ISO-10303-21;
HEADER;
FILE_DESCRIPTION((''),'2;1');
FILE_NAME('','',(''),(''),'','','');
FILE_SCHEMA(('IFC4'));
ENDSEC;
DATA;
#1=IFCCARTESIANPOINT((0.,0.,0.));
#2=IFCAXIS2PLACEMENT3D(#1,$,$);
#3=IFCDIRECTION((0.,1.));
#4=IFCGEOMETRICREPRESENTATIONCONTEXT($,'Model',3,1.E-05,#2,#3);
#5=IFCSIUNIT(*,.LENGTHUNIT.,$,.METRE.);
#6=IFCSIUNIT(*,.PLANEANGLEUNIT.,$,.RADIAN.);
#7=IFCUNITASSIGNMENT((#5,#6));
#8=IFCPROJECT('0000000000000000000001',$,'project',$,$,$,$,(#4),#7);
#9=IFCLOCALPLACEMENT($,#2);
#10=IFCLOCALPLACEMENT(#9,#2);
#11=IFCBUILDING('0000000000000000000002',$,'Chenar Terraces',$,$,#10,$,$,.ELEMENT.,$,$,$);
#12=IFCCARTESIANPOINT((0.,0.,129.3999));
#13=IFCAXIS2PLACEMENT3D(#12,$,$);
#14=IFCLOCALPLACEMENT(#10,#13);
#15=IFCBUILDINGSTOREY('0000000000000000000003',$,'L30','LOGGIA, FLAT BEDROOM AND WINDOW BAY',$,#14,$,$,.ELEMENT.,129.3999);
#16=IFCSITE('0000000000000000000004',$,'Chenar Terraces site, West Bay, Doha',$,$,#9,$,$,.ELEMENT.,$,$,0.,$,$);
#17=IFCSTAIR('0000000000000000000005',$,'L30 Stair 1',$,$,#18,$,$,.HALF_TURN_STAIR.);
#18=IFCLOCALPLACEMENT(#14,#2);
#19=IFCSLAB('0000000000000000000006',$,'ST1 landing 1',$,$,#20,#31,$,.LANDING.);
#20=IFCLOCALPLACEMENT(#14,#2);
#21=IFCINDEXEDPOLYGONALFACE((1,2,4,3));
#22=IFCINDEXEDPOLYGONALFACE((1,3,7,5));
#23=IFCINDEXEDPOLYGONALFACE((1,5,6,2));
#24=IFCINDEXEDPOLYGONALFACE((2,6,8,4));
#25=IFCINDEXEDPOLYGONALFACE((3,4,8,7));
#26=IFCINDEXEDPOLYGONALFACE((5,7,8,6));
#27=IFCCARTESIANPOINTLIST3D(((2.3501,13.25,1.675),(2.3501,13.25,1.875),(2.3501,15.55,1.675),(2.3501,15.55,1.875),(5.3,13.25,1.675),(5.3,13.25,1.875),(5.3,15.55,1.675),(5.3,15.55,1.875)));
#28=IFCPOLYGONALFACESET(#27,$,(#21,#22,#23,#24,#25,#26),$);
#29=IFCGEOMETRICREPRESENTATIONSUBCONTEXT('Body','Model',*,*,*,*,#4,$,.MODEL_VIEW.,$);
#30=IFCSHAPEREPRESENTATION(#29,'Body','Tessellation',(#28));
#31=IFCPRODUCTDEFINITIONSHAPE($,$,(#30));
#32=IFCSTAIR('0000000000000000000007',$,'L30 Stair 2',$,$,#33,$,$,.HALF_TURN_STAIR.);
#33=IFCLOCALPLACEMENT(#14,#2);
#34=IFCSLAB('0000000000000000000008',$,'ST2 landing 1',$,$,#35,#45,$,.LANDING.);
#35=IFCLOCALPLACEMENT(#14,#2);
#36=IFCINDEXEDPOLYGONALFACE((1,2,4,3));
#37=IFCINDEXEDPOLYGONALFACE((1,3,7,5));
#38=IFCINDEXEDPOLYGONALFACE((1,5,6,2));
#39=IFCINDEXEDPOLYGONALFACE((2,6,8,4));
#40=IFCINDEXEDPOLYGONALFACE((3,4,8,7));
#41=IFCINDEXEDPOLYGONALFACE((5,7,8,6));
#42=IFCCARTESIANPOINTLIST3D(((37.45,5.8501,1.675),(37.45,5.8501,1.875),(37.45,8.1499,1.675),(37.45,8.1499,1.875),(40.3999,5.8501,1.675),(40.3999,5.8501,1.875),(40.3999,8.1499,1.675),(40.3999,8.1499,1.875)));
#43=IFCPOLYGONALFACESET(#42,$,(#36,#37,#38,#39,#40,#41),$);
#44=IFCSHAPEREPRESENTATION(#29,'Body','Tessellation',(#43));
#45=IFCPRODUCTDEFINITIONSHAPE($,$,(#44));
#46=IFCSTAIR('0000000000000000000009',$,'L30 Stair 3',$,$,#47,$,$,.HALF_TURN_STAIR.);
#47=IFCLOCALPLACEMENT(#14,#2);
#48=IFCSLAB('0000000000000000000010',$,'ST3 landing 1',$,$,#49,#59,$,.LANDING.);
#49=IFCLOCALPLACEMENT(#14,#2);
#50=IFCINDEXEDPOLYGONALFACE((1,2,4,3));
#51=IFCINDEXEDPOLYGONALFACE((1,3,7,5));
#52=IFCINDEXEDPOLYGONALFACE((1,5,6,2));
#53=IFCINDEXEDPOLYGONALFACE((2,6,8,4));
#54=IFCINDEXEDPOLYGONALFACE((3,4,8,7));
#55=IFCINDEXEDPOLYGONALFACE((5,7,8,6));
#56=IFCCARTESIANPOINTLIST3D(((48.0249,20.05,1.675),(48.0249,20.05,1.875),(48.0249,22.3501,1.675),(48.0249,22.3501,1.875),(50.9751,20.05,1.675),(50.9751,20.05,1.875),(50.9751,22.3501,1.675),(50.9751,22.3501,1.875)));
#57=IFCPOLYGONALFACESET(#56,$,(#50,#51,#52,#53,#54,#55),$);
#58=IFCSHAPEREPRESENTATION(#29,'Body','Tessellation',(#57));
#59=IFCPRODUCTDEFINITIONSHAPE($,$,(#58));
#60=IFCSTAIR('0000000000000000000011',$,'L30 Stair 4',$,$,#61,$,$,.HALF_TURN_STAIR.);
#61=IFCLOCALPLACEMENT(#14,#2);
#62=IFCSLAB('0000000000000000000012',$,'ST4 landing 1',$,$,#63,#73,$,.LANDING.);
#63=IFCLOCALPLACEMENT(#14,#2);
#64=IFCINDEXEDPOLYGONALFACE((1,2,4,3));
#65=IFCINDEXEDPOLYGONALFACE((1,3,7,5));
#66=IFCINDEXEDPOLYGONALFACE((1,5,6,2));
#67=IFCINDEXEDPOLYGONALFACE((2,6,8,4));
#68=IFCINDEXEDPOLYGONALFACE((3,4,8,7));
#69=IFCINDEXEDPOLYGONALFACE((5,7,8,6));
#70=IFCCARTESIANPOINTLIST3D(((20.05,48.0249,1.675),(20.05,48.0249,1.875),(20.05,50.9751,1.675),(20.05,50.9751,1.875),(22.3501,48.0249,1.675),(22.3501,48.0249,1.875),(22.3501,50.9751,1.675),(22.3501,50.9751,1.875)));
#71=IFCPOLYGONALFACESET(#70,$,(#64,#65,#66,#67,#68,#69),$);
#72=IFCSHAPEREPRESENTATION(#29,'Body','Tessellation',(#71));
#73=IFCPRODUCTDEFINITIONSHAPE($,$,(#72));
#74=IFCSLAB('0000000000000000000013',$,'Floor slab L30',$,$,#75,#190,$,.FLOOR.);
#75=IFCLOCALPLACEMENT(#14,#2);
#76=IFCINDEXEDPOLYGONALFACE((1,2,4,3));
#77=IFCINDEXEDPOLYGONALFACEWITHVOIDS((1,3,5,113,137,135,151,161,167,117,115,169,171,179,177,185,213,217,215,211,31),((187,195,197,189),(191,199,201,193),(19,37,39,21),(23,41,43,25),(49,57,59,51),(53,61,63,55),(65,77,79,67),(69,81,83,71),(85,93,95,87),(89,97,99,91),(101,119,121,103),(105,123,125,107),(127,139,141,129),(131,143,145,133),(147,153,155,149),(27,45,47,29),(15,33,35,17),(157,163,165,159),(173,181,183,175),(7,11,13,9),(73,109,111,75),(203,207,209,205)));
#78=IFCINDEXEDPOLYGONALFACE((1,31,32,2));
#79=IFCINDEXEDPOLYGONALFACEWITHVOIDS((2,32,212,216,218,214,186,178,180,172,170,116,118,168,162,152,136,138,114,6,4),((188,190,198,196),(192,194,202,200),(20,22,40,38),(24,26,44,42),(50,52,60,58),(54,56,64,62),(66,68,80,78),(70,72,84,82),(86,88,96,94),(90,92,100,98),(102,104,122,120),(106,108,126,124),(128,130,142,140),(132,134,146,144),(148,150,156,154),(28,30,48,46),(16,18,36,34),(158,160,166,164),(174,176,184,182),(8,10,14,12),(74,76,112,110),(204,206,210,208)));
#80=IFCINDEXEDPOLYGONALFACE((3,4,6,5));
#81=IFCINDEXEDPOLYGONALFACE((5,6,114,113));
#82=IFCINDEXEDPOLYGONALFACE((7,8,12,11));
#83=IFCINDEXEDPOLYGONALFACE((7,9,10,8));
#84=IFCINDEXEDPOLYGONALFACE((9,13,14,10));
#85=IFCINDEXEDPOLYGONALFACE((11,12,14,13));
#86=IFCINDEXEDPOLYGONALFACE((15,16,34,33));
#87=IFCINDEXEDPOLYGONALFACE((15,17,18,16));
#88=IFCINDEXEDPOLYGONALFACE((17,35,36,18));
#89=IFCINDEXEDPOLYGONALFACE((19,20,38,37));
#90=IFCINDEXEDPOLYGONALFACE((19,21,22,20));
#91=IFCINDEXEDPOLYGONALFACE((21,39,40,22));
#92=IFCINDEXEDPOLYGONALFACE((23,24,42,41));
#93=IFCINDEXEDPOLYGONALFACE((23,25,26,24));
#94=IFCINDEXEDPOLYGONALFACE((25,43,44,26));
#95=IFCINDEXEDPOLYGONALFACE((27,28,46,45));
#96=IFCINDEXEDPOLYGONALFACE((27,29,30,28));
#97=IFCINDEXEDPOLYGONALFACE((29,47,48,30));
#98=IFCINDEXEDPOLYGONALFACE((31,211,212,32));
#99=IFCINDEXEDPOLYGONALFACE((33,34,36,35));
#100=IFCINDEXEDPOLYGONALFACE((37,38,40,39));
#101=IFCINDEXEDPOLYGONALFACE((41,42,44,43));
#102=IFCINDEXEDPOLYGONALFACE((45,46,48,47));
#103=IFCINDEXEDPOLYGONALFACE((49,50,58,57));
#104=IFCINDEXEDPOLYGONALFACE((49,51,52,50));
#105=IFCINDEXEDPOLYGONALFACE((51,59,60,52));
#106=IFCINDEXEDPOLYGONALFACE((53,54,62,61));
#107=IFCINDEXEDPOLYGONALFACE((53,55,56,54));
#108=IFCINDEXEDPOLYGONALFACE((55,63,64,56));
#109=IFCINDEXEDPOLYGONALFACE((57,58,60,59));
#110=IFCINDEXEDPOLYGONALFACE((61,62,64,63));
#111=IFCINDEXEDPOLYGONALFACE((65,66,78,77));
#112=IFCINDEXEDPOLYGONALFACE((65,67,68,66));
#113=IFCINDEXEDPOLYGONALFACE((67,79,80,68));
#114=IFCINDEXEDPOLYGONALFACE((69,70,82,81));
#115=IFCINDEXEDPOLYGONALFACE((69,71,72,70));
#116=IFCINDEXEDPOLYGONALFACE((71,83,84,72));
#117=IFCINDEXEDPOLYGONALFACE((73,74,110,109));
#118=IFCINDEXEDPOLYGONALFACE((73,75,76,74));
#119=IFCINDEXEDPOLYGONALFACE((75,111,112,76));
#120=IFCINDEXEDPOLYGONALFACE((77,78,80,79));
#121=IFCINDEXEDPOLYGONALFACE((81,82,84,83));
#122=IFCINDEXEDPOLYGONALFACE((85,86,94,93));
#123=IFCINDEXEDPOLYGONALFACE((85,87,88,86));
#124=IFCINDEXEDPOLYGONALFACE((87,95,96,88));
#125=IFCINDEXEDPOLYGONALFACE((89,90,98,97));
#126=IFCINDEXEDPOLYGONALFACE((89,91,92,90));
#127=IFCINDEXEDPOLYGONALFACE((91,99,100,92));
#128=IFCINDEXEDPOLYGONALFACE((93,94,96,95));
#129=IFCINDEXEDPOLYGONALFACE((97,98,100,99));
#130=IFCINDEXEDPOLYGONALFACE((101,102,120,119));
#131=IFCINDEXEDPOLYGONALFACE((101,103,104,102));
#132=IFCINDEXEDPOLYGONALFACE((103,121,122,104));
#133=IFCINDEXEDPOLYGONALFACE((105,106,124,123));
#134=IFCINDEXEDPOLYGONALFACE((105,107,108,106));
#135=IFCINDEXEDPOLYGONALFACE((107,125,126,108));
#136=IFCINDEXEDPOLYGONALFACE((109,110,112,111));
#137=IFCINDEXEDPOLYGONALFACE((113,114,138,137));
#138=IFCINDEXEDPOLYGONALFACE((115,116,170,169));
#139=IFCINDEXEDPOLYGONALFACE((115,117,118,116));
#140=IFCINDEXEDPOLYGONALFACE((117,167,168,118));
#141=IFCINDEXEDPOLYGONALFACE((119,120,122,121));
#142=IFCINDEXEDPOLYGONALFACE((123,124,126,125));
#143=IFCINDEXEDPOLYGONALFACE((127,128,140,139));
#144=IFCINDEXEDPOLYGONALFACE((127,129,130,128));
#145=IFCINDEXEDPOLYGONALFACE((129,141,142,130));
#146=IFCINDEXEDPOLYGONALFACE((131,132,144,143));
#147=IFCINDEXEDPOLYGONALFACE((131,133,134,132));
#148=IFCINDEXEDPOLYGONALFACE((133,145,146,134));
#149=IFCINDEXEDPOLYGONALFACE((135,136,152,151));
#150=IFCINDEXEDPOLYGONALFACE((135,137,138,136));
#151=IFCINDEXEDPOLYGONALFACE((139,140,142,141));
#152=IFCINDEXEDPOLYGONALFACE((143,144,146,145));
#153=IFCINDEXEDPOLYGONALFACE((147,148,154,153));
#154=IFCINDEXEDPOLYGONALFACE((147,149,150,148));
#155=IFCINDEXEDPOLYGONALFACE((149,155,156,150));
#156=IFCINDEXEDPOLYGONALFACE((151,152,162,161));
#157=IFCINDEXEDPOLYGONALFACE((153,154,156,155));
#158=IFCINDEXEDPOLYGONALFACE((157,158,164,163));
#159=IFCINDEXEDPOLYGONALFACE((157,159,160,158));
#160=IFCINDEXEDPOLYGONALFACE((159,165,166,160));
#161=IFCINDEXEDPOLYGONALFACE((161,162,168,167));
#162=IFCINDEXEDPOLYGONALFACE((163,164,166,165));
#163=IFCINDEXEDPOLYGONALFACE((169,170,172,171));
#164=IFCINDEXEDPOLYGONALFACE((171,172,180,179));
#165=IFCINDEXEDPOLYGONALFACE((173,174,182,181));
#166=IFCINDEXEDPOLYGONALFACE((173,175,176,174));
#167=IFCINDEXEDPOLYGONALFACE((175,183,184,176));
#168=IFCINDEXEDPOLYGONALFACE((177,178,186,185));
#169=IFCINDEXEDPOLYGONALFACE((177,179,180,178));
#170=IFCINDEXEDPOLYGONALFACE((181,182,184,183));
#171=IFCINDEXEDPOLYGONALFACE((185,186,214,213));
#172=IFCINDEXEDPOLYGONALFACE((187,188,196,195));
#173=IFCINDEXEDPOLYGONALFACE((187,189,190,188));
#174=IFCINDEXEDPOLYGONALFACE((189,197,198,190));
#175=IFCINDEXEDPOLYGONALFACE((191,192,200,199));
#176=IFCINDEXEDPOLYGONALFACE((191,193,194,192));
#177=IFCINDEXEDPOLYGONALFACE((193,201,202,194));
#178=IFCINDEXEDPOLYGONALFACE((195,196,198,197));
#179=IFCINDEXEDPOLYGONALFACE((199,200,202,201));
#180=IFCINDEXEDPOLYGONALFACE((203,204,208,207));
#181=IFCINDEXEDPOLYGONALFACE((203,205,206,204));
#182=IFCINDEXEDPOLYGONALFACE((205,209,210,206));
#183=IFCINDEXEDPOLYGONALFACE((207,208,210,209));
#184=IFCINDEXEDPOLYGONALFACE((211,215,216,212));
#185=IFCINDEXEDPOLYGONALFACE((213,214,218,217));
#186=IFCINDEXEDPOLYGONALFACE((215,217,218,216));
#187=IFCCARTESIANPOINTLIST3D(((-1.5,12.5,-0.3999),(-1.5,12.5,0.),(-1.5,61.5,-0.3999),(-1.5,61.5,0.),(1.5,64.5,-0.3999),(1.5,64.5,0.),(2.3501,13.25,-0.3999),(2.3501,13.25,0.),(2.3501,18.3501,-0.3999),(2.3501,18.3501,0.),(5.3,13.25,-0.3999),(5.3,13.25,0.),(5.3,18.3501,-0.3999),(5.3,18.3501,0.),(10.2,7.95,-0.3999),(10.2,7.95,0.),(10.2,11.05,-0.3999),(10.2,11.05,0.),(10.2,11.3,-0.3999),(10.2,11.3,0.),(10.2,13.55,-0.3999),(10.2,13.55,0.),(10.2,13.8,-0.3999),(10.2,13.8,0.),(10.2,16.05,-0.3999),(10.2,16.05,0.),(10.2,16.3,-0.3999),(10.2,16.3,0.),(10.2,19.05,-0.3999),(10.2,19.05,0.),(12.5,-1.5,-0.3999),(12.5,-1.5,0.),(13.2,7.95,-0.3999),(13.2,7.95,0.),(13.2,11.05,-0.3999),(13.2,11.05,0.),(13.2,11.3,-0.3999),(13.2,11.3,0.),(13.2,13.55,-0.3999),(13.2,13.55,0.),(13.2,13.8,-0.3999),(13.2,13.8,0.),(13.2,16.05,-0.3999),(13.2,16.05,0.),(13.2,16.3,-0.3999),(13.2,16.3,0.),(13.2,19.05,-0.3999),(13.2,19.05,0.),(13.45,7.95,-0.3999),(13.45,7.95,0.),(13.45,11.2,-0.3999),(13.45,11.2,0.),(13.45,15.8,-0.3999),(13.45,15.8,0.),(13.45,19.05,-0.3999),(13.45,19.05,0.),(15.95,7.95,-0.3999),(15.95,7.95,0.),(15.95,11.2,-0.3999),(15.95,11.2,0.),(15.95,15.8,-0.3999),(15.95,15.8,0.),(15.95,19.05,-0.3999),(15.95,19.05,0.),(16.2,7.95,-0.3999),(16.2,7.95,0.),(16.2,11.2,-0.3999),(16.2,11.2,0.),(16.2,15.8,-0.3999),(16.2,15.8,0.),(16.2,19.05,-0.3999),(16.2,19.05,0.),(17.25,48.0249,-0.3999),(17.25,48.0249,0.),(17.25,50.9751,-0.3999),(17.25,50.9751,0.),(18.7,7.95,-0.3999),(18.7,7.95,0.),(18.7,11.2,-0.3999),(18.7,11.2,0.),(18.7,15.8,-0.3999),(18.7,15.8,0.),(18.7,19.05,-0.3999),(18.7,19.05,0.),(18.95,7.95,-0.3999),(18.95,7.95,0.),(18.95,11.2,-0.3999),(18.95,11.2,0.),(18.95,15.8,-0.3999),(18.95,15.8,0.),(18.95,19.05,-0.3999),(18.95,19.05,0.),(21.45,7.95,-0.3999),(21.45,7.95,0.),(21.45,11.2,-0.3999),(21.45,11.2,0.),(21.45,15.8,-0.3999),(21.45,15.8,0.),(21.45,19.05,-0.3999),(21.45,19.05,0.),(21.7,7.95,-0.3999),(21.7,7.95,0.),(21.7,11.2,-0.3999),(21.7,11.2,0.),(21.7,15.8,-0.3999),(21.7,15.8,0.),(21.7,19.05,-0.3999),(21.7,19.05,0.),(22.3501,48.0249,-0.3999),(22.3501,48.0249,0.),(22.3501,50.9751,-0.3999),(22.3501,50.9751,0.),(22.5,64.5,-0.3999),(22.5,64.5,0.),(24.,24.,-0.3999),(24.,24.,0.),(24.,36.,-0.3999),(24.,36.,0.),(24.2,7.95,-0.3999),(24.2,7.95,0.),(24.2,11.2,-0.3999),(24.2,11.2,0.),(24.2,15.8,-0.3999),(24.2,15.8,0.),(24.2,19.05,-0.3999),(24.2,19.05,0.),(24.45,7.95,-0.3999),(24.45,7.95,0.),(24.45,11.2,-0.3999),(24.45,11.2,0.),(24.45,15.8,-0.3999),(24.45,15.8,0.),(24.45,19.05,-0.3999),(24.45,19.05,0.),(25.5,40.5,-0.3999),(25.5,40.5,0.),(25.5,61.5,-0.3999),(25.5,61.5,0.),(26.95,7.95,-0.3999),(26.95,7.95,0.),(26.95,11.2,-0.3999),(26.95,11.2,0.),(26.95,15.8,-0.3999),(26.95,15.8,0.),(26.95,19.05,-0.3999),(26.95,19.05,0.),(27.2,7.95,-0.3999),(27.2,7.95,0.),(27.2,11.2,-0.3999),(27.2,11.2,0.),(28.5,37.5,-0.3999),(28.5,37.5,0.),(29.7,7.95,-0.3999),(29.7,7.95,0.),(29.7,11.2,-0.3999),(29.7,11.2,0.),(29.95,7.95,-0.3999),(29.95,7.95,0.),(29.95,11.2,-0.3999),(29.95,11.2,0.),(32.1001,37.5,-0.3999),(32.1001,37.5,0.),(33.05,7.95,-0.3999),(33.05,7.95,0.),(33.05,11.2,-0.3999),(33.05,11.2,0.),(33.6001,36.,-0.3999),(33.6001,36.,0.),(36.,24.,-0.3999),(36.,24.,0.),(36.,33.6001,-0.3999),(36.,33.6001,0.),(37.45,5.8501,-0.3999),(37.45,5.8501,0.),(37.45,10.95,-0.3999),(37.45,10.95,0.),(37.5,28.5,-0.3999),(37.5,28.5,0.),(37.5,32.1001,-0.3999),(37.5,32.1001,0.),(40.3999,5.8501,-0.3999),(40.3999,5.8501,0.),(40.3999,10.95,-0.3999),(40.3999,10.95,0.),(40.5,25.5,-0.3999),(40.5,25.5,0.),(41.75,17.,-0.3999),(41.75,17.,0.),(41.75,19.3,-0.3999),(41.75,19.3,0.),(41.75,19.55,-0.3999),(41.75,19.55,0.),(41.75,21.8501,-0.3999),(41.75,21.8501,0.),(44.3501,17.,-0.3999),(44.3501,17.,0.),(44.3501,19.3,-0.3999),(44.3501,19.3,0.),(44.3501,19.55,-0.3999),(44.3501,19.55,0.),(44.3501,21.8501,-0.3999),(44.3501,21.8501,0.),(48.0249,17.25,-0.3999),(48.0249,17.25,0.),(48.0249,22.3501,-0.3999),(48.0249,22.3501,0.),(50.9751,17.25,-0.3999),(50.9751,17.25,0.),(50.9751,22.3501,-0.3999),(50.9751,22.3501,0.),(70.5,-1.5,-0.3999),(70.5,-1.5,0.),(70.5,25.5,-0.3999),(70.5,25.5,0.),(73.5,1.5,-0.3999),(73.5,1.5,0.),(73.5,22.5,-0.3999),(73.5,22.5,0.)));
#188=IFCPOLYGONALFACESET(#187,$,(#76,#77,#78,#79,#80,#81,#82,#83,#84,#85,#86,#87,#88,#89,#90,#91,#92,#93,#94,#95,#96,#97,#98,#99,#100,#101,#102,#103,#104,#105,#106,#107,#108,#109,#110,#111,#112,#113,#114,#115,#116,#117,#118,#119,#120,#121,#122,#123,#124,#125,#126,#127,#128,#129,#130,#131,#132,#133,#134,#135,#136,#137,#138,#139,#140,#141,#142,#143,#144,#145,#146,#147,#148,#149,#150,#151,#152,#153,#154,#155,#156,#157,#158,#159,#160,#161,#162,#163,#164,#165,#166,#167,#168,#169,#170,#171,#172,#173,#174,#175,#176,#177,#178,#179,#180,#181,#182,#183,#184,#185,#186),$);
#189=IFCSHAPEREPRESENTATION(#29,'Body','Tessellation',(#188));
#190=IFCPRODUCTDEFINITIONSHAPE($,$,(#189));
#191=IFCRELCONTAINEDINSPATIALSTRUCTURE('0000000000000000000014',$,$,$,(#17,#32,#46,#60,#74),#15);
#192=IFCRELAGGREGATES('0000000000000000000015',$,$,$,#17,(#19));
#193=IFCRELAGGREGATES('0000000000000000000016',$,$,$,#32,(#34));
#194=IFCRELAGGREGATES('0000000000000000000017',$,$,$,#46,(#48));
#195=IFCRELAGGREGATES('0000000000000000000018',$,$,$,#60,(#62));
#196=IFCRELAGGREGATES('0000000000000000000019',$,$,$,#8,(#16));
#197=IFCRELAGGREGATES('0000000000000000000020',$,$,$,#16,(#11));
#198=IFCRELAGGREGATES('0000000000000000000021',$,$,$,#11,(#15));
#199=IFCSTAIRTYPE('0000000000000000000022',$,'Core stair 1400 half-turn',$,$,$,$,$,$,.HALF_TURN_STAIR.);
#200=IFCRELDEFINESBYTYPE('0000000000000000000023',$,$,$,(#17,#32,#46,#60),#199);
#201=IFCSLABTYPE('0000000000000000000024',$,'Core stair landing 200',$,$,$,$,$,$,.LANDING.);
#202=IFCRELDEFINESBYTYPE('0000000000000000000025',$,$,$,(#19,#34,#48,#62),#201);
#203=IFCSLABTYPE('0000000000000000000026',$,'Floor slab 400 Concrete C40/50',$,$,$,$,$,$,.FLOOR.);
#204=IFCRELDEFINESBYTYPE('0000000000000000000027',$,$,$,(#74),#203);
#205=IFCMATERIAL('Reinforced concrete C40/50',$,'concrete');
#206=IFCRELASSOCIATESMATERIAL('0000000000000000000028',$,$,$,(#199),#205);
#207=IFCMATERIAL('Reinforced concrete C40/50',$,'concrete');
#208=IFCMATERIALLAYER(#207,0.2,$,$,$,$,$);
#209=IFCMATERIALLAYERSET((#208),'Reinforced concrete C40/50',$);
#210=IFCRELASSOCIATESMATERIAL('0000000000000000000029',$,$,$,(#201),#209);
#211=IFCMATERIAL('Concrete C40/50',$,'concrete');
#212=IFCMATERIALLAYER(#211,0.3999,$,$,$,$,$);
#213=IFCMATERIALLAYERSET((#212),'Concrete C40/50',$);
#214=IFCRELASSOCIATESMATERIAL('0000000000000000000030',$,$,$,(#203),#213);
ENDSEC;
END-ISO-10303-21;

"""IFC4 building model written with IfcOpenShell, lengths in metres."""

from ifc_helpers import new_model, si_unit, direction, frame, origin, place, context, subcontext, project, spatial, polyline, outline, extrude, material, layer, layer_set, type_object, element, aggregate, save


model = new_model("IFC4")

# Units and contexts
model_context = context("Model", 3, precision=1e-05, world=origin(), true_north=direction((0.0, 1.0)))
body_context = subcontext(model_context, "Body", "Model", "MODEL_VIEW")
ifc_project = project(units=[si_unit("LENGTHUNIT", "METRE"), si_unit("PLANEANGLEUNIT", "RADIAN")], contexts=[model_context])

# Site, building, storey
site_placement = place(None, origin())
site = spatial("IfcSite", under=ifc_project, at=site_placement, Name="Chenar Terraces site, West Bay, Doha", CompositionType="ELEMENT", RefElevation=0.0)
building_placement = place(site_placement, origin())
building = spatial("IfcBuilding", under=site, at=building_placement, Name="Chenar Terraces", CompositionType="ELEMENT")
storey_placement = place(building_placement, frame((0.0, 0.0, 129.3999)))
storey = spatial("IfcBuildingStorey", under=building, at=storey_placement, Name="L30", Description="LOGGIA, FLAT BEDROOM AND WINDOW BAY", CompositionType="ELEMENT", Elevation=129.3999)

# Stairs, slabs
ifc_material_1 = material(Name="Reinforced concrete C40/50", Category="concrete")
stair_type = type_object("IfcStairType", Name="Core stair 1400 half-turn", PredefinedType="HALF_TURN_STAIR", material=ifc_material_1)
placement_1 = place(storey_placement, origin())
stair_1 = element("IfcStair", 1, at=placement_1, inside=storey, type_object=stair_type, Name="L30 Stair 1", PredefinedType="HALF_TURN_STAIR")
ifc_material_2 = material(Name="Reinforced concrete C40/50", Category="concrete")
ifc_layer_1 = layer(ifc_material_2, 0.2)
ifc_layer_set_1 = layer_set([ifc_layer_1], Name="Reinforced concrete C40/50")
slab_type_1 = type_object("IfcSlabType", Name="Core stair landing 200", PredefinedType="LANDING", material=ifc_layer_set_1)
placement_2 = place(storey_placement, frame((0.0, 0.0, 1.675)))
slab_1 = element("IfcSlab", 2, at=placement_2, type_object=slab_type_1, Name="ST1 landing 1", PredefinedType="LANDING", context=body_context, shape_type="SweptSolid", body=[
    extrude(outline(polyline([(2.3501, 15.55), (2.3501, 13.25), (5.3, 13.25), (5.3, 15.55), (2.3501, 15.55)])), origin(), (0.0, 0.0, 1.0), 0.2),
])
aggregate(stair_1, [slab_1])
stair_2 = element("IfcStair", 3, at=placement_1, inside=storey, type_object=stair_type, Name="L30 Stair 2", PredefinedType="HALF_TURN_STAIR")
slab_2 = element("IfcSlab", 4, at=placement_2, type_object=slab_type_1, Name="ST2 landing 1", PredefinedType="LANDING", context=body_context, shape_type="SweptSolid", body=[
    extrude(outline(polyline([(37.45, 8.1499), (37.45, 5.8501), (40.3999, 5.8501), (40.3999, 8.1499), (37.45, 8.1499)])), origin(), (0.0, 0.0, 1.0), 0.2),
])
aggregate(stair_2, [slab_2])
stair_3 = element("IfcStair", 5, at=placement_1, inside=storey, type_object=stair_type, Name="L30 Stair 3", PredefinedType="HALF_TURN_STAIR")
slab_3 = element("IfcSlab", 6, at=placement_2, type_object=slab_type_1, Name="ST3 landing 1", PredefinedType="LANDING", context=body_context, shape_type="SweptSolid", body=[
    extrude(outline(polyline([(50.9751, 20.05), (50.9751, 22.3501), (48.0249, 22.3501), (48.0249, 20.05), (50.9751, 20.05)])), origin(), (0.0, 0.0, 1.0), 0.2),
])
aggregate(stair_3, [slab_3])
stair_4 = element("IfcStair", 7, at=placement_1, inside=storey, type_object=stair_type, Name="L30 Stair 4", PredefinedType="HALF_TURN_STAIR")
slab_4 = element("IfcSlab", 8, at=placement_2, type_object=slab_type_1, Name="ST4 landing 1", PredefinedType="LANDING", context=body_context, shape_type="SweptSolid", body=[
    extrude(outline(polyline([(20.05, 48.0249), (22.3501, 48.0249), (22.3501, 50.9751), (20.05, 50.9751), (20.05, 48.0249)])), origin(), (0.0, 0.0, 1.0), 0.2),
])
aggregate(stair_4, [slab_4])

# Slab
ifc_material_3 = material(Name="Concrete C40/50", Category="concrete")
ifc_layer_2 = layer(ifc_material_3, 0.3999)
ifc_layer_set_2 = layer_set([ifc_layer_2], Name="Concrete C40/50")
slab_type_2 = type_object("IfcSlabType", Name="Floor slab 400 Concrete C40/50", PredefinedType="FLOOR", material=ifc_layer_set_2)
slab_5_placement = place(storey_placement, frame((0.0, 0.0, -0.3999)))
element("IfcSlab", 9, at=slab_5_placement, inside=storey, type_object=slab_type_2, Name="Floor slab L30", PredefinedType="FLOOR", context=body_context, shape_type="SweptSolid", body=[
    extrude(outline(polyline([(73.5, 22.5), (73.5, 1.5), (70.5, -1.5), (12.5, -1.5), (-1.5, 12.5), (-1.5, 61.5), (1.5, 64.5), (22.5, 64.5), (25.5, 61.5), (25.5, 40.5), (28.5, 37.5), (32.1001, 37.5), (33.6001, 36.0), (24.0, 36.0), (24.0, 24.0), (36.0, 24.0), (36.0, 33.6001), (37.5, 32.1001), (37.5, 28.5), (40.5, 25.5), (70.5, 25.5), (73.5, 22.5)]), holes=[polyline([(13.2, 11.05), (10.2, 11.05), (10.2, 7.95), (13.2, 7.95), (13.2, 11.05)]), polyline([(15.95, 11.2), (13.45, 11.2), (13.45, 7.95), (15.95, 7.95), (15.95, 11.2)]), polyline([(18.7, 11.2), (16.2, 11.2), (16.2, 7.95), (18.7, 7.95), (18.7, 11.2)]), polyline([(21.45, 7.95), (21.45, 11.2), (18.95, 11.2), (18.95, 7.95), (21.45, 7.95)]), polyline([(13.2, 11.3), (13.2, 13.55), (10.2, 13.55), (10.2, 11.3), (13.2, 11.3)]), polyline([(13.2, 16.05), (10.2, 16.05), (10.2, 13.8), (13.2, 13.8), (13.2, 16.05)]), polyline([(2.3501, 18.3501), (2.3501, 13.25), (5.3, 13.25), (5.3, 18.3501), (2.3501, 18.3501)]), polyline([(15.95, 15.8), (15.95, 19.05), (13.45, 19.05), (13.45, 15.8), (15.95, 15.8)]), polyline([(18.7, 19.05), (16.2, 19.05), (16.2, 15.8), (18.7, 15.8), (18.7, 19.05)]), polyline([(21.45, 15.8), (21.45, 19.05), (18.95, 19.05), (18.95, 15.8), (21.45, 15.8)]), polyline([(13.2, 16.3), (13.2, 19.05), (10.2, 19.05), (10.2, 16.3), (13.2, 16.3)]), polyline([(22.3501, 48.0249), (22.3501, 50.9751), (17.25, 50.9751), (17.25, 48.0249), (22.3501, 48.0249)]), polyline([(37.45, 10.95), (37.45, 5.8501), (40.3999, 5.8501), (40.3999, 10.95), (37.45, 10.95)]), polyline([(24.2, 7.95), (24.2, 11.2), (21.7, 11.2), (21.7, 7.95), (24.2, 7.95)]), polyline([(26.95, 11.2), (24.45, 11.2), (24.45, 7.95), (26.95, 7.95), (26.95, 11.2)]), polyline([(29.7, 7.95), (29.7, 11.2), (27.2, 11.2), (27.2, 7.95), (29.7, 7.95)]), polyline([(33.05, 7.95), (33.05, 11.2), (29.95, 11.2), (29.95, 7.95), (33.05, 7.95)]), polyline([(24.2, 19.05), (21.7, 19.05), (21.7, 15.8), (24.2, 15.8), (24.2, 19.05)]), polyline([(26.95, 15.8), (26.95, 19.05), (24.45, 19.05), (24.45, 15.8), (26.95, 15.8)]), polyline([(44.3501, 17.0), (44.3501, 19.3), (41.75, 19.3), (41.75, 17.0), (44.3501, 17.0)]), polyline([(50.9751, 22.3501), (48.0249, 22.3501), (48.0249, 17.25), (50.9751, 17.25), (50.9751, 22.3501)]), polyline([(44.3501, 19.55), (44.3501, 21.8501), (41.75, 21.8501), (41.75, 19.55), (44.3501, 19.55)])]), origin(), (0.0, 0.0, 1.0), 0.3999),
])

save(model, "model.ifc")
